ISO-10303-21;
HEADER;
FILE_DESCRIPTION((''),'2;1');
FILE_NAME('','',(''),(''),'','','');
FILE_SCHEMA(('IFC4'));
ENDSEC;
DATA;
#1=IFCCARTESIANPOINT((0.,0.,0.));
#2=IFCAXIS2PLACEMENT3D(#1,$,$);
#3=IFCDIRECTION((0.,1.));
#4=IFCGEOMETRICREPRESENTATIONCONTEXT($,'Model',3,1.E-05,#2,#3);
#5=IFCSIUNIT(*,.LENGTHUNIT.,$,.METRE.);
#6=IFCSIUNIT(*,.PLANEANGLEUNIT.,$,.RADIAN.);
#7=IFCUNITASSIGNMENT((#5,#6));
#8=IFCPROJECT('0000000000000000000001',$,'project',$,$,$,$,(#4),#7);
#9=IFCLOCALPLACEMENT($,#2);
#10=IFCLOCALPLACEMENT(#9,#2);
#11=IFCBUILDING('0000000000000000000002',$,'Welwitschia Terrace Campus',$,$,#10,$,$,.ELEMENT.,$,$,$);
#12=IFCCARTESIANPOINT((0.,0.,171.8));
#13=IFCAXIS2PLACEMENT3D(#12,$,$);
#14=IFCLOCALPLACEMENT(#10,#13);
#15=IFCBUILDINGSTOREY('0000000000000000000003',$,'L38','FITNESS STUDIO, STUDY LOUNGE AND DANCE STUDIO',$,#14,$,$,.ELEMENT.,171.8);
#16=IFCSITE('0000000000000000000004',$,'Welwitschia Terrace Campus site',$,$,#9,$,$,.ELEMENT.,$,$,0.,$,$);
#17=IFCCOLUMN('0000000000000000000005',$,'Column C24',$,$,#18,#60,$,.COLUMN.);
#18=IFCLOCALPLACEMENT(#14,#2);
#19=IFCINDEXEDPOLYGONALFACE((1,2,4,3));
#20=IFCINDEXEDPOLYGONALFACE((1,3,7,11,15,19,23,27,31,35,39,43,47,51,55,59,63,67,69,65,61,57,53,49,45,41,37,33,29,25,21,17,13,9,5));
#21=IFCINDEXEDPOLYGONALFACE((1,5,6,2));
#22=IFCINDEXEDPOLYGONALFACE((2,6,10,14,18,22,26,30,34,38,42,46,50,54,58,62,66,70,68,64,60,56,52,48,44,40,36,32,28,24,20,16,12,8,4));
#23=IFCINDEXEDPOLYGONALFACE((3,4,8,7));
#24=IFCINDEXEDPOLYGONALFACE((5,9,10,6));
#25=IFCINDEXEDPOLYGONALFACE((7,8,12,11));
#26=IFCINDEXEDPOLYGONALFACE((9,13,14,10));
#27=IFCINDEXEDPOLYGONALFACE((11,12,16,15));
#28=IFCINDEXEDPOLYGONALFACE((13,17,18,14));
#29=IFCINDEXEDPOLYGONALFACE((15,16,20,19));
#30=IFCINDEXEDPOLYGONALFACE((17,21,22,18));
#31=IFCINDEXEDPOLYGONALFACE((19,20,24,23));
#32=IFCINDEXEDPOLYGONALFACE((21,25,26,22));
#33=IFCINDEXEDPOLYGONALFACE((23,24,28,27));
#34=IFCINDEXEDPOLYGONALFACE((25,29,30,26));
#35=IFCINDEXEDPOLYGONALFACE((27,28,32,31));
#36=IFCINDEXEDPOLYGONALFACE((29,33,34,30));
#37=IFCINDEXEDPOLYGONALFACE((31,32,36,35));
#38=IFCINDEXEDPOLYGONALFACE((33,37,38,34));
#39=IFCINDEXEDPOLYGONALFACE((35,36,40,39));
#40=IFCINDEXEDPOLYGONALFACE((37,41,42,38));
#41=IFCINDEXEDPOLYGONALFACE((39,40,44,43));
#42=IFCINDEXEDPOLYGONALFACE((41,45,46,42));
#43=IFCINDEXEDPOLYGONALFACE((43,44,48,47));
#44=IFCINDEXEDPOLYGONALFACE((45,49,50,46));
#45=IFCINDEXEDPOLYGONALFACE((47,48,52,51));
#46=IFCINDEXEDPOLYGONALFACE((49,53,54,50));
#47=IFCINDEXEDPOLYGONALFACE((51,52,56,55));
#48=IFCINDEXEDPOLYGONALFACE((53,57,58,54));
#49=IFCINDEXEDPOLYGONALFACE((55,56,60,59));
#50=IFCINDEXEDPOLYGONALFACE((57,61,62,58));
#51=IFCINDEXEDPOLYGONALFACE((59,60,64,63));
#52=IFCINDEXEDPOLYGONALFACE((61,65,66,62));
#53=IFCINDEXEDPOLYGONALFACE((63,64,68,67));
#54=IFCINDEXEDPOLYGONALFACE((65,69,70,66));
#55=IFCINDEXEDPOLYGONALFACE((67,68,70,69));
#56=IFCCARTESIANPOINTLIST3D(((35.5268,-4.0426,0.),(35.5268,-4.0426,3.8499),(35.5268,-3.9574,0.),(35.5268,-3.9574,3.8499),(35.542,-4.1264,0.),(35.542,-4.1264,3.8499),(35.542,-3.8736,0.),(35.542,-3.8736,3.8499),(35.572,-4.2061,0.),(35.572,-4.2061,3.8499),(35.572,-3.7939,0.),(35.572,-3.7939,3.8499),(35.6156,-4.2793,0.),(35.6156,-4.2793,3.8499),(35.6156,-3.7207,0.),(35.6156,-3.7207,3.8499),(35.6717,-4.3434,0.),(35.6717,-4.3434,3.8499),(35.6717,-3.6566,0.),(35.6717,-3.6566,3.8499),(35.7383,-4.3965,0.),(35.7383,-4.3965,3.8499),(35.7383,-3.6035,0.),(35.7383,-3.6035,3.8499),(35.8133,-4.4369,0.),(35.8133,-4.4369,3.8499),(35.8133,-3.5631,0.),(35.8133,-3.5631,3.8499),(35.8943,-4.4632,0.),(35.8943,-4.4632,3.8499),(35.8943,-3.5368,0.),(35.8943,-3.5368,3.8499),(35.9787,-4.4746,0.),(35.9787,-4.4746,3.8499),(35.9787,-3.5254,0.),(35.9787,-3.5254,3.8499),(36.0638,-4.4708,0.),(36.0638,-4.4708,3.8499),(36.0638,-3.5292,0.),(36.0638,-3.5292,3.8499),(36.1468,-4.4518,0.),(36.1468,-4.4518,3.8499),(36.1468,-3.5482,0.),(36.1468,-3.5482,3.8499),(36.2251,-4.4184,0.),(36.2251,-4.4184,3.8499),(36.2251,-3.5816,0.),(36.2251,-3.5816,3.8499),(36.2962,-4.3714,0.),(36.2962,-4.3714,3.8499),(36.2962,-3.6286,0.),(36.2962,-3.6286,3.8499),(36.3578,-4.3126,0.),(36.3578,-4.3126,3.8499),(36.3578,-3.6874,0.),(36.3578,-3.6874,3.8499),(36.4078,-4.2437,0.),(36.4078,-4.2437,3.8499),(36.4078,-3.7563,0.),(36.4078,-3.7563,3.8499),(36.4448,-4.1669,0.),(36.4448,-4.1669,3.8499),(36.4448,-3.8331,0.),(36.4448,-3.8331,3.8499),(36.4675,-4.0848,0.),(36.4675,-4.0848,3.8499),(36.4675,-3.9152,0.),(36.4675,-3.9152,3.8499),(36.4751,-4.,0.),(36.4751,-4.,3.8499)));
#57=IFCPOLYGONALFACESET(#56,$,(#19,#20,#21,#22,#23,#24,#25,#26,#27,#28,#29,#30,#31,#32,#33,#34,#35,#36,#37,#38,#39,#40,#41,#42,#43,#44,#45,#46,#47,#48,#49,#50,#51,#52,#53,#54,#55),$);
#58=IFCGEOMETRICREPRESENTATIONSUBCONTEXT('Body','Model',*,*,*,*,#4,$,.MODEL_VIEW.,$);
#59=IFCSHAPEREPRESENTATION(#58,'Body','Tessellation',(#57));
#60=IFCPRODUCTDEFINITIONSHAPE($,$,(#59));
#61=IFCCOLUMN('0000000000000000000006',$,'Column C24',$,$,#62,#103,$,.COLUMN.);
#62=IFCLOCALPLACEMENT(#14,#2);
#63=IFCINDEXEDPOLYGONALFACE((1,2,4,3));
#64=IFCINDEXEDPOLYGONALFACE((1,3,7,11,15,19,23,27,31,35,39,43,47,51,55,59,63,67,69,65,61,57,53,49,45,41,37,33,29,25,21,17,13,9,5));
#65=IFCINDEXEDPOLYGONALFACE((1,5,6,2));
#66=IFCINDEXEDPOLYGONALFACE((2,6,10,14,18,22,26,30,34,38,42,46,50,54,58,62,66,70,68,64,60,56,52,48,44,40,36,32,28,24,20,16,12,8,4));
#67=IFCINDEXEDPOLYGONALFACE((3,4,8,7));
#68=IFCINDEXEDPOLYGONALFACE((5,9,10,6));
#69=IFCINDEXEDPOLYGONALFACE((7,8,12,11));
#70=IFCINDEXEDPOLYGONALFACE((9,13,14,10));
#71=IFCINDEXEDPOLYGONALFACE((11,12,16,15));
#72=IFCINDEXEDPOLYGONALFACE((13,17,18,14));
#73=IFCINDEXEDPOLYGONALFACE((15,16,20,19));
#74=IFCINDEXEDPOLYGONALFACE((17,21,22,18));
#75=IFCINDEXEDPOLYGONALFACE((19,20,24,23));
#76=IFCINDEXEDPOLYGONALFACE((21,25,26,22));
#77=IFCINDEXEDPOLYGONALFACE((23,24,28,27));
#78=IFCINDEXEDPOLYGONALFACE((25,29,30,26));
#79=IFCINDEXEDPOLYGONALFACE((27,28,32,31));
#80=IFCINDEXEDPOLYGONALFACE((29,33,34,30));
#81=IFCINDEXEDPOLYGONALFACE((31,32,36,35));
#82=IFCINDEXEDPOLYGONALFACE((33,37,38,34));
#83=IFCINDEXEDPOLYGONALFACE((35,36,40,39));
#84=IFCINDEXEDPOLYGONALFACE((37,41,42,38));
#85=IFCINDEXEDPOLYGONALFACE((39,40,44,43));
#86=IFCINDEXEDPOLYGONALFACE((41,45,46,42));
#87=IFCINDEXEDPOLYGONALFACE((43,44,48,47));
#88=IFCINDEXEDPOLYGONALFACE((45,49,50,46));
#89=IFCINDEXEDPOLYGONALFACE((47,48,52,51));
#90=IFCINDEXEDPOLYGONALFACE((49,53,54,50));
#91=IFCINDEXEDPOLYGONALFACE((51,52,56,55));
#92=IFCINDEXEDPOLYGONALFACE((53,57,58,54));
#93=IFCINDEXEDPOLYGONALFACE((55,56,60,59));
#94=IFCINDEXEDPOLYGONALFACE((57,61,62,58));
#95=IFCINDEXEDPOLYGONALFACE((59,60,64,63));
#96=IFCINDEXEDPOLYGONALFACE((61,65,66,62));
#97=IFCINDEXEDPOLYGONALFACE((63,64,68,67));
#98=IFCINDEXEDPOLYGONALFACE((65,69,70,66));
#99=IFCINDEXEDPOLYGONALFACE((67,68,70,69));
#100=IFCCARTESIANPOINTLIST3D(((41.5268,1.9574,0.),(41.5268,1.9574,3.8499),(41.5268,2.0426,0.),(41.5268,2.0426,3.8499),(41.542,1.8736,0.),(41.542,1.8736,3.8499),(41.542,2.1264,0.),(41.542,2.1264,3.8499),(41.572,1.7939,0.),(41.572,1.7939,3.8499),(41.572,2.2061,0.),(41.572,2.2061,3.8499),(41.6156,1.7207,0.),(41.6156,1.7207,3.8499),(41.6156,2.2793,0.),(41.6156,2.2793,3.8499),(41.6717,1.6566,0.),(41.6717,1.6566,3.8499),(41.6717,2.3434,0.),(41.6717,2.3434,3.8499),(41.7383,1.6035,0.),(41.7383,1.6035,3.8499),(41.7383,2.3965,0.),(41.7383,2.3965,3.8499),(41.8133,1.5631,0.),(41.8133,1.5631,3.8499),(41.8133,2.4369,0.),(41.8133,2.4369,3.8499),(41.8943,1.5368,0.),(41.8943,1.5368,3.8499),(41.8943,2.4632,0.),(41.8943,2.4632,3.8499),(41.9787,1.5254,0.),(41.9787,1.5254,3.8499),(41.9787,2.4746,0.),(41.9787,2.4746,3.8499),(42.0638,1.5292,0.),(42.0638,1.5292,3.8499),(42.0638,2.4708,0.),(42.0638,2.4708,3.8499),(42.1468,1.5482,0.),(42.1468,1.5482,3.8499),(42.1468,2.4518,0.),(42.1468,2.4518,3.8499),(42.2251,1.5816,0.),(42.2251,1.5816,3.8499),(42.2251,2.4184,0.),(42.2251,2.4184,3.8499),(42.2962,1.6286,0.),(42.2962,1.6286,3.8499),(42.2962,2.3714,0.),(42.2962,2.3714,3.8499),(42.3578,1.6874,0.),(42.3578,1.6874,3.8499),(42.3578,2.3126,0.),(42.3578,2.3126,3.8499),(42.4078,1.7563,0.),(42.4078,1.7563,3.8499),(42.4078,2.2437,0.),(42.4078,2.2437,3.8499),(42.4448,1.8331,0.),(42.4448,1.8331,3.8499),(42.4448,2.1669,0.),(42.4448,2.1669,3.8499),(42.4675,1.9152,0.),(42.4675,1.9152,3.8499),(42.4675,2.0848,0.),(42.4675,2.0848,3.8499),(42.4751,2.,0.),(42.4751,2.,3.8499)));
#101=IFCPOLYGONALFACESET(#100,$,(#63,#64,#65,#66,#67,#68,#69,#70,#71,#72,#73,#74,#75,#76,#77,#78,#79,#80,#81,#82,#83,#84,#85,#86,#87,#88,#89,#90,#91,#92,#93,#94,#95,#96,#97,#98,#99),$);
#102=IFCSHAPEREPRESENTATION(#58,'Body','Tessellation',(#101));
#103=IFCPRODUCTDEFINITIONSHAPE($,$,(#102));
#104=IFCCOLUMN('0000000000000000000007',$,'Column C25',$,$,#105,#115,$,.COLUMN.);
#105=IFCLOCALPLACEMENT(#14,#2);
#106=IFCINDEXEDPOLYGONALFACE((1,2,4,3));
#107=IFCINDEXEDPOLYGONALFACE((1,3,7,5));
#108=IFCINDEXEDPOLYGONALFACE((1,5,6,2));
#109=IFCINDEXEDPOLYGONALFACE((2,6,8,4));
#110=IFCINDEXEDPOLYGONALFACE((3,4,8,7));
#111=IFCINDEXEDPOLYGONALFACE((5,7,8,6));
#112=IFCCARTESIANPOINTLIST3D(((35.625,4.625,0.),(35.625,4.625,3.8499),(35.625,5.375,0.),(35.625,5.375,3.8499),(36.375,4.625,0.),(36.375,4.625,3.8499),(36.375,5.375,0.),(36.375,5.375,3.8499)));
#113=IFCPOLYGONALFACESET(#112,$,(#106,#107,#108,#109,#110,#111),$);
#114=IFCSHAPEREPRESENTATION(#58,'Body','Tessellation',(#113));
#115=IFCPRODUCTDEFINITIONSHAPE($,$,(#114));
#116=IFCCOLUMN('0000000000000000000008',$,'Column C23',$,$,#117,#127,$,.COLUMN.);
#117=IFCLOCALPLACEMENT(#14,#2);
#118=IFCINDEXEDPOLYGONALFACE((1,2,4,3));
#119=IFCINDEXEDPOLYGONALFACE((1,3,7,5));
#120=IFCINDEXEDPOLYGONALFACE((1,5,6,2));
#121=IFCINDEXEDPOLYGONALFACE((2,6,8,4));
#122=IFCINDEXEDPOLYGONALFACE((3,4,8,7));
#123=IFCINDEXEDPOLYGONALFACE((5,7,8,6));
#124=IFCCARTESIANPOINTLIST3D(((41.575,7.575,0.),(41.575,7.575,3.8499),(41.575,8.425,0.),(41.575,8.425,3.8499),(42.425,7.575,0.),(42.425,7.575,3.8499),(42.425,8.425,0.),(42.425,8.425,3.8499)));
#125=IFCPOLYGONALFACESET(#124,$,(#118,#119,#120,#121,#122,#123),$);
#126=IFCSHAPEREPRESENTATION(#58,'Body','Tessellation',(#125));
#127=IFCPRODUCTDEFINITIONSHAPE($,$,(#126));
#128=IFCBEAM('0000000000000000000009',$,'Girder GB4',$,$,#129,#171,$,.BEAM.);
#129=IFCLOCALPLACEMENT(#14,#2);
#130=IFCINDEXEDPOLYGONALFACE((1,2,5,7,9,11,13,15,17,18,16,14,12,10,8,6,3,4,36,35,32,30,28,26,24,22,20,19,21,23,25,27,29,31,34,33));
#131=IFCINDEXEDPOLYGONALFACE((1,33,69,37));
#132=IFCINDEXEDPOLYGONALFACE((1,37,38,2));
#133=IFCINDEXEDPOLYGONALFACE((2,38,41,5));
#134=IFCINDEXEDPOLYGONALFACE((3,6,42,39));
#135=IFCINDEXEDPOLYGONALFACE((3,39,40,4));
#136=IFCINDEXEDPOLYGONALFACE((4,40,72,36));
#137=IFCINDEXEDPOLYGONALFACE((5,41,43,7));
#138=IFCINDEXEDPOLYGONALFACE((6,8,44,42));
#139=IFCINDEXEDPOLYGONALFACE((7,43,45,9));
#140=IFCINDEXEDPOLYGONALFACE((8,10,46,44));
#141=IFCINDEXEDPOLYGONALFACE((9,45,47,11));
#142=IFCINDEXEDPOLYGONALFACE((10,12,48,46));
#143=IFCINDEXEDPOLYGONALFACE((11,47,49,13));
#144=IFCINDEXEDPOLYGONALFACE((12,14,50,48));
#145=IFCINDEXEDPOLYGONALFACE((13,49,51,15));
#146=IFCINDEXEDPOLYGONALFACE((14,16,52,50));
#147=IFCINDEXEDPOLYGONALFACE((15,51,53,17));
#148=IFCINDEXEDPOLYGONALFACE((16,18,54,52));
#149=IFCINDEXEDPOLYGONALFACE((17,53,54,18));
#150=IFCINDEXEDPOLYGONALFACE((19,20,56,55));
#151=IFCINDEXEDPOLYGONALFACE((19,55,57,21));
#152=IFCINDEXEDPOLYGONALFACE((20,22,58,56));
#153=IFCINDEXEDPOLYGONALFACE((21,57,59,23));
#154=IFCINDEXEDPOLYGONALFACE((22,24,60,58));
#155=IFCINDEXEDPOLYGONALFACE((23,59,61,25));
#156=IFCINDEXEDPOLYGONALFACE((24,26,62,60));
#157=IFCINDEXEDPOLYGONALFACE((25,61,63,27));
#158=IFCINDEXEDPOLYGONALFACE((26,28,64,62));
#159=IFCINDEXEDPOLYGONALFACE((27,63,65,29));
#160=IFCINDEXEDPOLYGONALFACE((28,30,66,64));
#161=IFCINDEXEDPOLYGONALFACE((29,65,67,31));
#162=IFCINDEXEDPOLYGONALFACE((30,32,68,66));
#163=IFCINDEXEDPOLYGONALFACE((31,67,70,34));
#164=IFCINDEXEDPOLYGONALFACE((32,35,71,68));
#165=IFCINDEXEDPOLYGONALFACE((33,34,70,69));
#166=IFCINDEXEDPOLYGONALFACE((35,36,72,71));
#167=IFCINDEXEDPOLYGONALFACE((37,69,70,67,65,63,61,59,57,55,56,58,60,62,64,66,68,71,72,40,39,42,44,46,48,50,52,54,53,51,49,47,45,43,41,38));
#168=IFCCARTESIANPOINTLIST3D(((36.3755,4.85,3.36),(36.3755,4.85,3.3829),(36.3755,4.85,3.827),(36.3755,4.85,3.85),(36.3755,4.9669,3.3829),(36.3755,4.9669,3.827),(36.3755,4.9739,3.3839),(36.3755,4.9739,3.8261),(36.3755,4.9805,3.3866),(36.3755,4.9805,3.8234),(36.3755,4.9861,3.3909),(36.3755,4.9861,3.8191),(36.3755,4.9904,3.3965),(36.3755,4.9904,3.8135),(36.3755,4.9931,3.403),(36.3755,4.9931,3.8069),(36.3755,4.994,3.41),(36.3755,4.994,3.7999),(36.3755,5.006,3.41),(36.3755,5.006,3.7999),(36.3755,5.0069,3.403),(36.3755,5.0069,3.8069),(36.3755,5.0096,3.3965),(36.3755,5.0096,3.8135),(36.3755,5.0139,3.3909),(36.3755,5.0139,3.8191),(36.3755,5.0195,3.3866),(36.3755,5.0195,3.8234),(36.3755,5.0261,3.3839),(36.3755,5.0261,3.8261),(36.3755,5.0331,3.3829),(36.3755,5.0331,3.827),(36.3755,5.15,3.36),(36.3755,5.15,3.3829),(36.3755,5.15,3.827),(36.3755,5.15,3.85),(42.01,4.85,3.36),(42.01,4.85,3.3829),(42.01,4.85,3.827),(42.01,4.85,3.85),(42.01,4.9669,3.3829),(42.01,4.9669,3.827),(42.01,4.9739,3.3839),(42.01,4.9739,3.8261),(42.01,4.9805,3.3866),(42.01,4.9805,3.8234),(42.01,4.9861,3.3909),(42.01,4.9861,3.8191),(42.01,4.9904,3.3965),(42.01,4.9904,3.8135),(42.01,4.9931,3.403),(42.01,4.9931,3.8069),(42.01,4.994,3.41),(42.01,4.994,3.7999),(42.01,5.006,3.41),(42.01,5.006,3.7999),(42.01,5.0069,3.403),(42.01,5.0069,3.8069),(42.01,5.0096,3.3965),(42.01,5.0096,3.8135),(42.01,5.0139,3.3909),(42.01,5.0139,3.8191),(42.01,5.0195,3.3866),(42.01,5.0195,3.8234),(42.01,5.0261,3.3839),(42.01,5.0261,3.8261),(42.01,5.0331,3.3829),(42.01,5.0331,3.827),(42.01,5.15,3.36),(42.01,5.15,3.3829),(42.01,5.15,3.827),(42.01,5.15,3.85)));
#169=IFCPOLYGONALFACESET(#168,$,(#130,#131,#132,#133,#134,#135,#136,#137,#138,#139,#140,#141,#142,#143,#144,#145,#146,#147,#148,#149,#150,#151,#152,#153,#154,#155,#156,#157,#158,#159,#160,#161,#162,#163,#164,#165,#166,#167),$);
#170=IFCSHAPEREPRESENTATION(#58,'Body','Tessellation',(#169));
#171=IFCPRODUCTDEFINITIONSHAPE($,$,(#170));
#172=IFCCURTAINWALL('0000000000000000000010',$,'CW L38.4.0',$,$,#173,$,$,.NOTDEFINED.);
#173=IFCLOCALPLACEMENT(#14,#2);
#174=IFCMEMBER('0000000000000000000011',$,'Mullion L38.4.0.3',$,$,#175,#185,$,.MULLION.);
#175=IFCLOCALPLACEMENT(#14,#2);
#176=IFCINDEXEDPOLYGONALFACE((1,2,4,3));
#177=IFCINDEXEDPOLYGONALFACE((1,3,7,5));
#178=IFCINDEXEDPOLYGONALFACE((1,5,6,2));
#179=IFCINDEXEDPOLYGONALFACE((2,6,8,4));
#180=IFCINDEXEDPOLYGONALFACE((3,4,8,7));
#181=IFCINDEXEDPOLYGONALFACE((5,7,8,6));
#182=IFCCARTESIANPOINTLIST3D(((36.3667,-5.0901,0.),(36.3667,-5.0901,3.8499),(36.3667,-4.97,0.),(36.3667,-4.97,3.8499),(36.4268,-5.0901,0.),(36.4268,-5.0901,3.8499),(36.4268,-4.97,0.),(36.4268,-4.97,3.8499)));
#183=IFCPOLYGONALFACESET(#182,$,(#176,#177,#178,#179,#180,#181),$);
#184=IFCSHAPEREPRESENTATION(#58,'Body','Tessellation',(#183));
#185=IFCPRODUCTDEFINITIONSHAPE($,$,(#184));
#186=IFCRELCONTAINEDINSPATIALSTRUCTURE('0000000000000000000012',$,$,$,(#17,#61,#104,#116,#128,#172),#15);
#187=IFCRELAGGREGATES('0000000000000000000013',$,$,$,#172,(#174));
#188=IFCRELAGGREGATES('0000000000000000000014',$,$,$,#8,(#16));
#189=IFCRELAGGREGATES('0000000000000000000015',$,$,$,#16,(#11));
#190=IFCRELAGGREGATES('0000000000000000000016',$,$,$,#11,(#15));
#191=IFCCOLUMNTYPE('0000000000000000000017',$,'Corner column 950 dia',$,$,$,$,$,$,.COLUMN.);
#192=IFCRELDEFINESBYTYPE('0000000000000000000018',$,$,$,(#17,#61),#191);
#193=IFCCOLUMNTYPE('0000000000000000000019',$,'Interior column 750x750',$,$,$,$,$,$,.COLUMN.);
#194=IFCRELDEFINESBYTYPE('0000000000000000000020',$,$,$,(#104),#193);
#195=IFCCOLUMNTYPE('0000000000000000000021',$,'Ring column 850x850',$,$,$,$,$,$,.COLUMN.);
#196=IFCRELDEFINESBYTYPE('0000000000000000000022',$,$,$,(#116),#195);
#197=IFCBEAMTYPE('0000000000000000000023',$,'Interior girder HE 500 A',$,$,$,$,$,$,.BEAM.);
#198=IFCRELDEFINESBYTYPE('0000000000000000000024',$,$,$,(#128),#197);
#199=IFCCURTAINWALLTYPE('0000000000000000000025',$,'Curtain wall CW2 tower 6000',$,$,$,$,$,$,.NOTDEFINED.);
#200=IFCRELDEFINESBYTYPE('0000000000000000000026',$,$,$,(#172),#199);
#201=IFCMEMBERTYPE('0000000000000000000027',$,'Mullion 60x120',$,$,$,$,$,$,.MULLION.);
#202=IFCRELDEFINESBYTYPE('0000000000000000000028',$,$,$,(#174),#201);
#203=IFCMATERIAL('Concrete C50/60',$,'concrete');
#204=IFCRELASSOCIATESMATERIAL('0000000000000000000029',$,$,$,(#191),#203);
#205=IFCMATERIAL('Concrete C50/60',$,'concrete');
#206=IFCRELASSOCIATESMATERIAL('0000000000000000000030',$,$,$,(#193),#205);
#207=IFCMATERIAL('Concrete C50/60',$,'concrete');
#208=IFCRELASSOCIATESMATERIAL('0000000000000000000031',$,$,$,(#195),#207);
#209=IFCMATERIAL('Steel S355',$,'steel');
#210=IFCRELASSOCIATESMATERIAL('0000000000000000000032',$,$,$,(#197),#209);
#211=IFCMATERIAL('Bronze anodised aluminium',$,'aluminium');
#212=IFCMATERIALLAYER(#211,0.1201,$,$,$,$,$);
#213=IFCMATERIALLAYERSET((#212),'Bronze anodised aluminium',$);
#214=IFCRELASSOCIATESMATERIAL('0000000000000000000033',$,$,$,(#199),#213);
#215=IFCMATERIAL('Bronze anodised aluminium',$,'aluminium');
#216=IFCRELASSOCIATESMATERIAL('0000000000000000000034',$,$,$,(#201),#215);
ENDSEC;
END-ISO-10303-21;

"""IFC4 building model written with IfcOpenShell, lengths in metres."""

from ifc_helpers import new_model, si_unit, direction, frame, origin, origin_2d, place, context, subcontext, project, spatial, rectangle, circle, i_section, extrude, material, layer, layer_set, material_profile, profile_set, type_object, element, aggregate, save


model = new_model("IFC4")

# Units and contexts
model_context = context("Model", 3, precision=1e-05, world=origin(), true_north=direction((0.0, 1.0)))
body_context = subcontext(model_context, "Body", "Model", "MODEL_VIEW")
ifc_project = project(units=[si_unit("LENGTHUNIT", "METRE"), si_unit("PLANEANGLEUNIT", "RADIAN")], contexts=[model_context])

# Site, building, storey
site_placement = place(None, origin())
site = spatial("IfcSite", under=ifc_project, at=site_placement, Name="Welwitschia Terrace Campus site", CompositionType="ELEMENT", RefElevation=0.0)
building_placement = place(site_placement, origin())
building = spatial("IfcBuilding", under=site, at=building_placement, Name="Welwitschia Terrace Campus", CompositionType="ELEMENT")
storey_placement = place(building_placement, frame((0.0, 0.0, 171.8)))
storey = spatial("IfcBuildingStorey", under=building, at=storey_placement, Name="L38", Description="FITNESS STUDIO, STUDY LOUNGE AND DANCE STUDIO", CompositionType="ELEMENT", Elevation=171.8)

# Columns
ifc_material_1 = material(Name="Concrete C50/60", Category="concrete")
ifc_material_profile_1 = material_profile(ifc_material_1, circle(Radius=0.4751, at=origin_2d()))
ifc_profile_set_1 = profile_set([ifc_material_profile_1], Name="Concrete C50/60")
column_type_1 = type_object("IfcColumnType", Name="Corner column 950 dia", PredefinedType="COLUMN", material=ifc_profile_set_1)
for number, where, z_axis, x_axis, name in (
    (1, (36.0, -4.0, 0.0), (0.0, 0.0, 1.0), (1.0, 0.0, 0.0), "Column C24"),
    (2, (42.0, 2.0, 0.0), (0.0, 0.0, 1.0), (1.0, 0.0, 0.0), "Column C24"),
):
    element("IfcColumn", number, at=place(storey_placement, frame(where, z_axis=z_axis, x_axis=x_axis)), inside=storey, type_object=column_type_1, Name=name, PredefinedType="COLUMN", context=body_context, shape_type="SweptSolid", body=[
        extrude(circle(Radius=0.4751, at=origin_2d()), origin(), (0.0, 0.0, 1.0), 3.8499),
    ])
ifc_material_2 = material(Name="Concrete C50/60", Category="concrete")
ifc_material_profile_2 = material_profile(ifc_material_2, rectangle(XDim=0.75, YDim=0.75, at=origin_2d()))
ifc_profile_set_2 = profile_set([ifc_material_profile_2], Name="Concrete C50/60")
column_type_2 = type_object("IfcColumnType", Name="Interior column 750x750", PredefinedType="COLUMN", material=ifc_profile_set_2)
column_1_placement = place(storey_placement, frame((36.0, 5.0, 0.0), z_axis=(0.0, 0.0, 1.0), x_axis=(1.0, 0.0, 0.0)))
element("IfcColumn", 3, at=column_1_placement, inside=storey, type_object=column_type_2, Name="Column C25", PredefinedType="COLUMN", context=body_context, shape_type="SweptSolid", body=[
    extrude(rectangle(XDim=0.75, YDim=0.75, at=origin_2d()), origin(), (0.0, 0.0, 1.0), 3.8499),
])
ifc_material_3 = material(Name="Concrete C50/60", Category="concrete")
ifc_material_profile_3 = material_profile(ifc_material_3, rectangle(XDim=0.8501, YDim=0.8501, at=origin_2d()))
ifc_profile_set_3 = profile_set([ifc_material_profile_3], Name="Concrete C50/60")
column_type_3 = type_object("IfcColumnType", Name="Ring column 850x850", PredefinedType="COLUMN", material=ifc_profile_set_3)
column_2_placement = place(storey_placement, frame((42.0, 8.0, 0.0), z_axis=(0.0, 0.0, 1.0), x_axis=(1.0, 0.0, 0.0)))
element("IfcColumn", 4, at=column_2_placement, inside=storey, type_object=column_type_3, Name="Column C23", PredefinedType="COLUMN", context=body_context, shape_type="SweptSolid", body=[
    extrude(rectangle(XDim=0.8501, YDim=0.8501, at=origin_2d()), origin(), (0.0, 0.0, 1.0), 3.8499),
])

# Beam
ifc_material_4 = material(Name="Steel S355", Category="steel")
ifc_material_profile_4 = material_profile(ifc_material_4, i_section(OverallWidth=0.3, OverallDepth=0.49, WebThickness=0.012, FlangeThickness=0.0229, FilletRadius=0.0271, at=origin_2d()))
ifc_profile_set_4 = profile_set([ifc_material_profile_4], Name="Steel S355")
beam_type_1 = type_object("IfcBeamType", Name="Interior girder HE 500 A", PredefinedType="BEAM", material=ifc_profile_set_4)
beam_1_placement = place(storey_placement, frame((36.3755, 5.0, 3.605), z_axis=(1.0, 0.0, 0.0), x_axis=(0.0, 1.0, 0.0)))
element("IfcBeam", 5, at=beam_1_placement, inside=storey, type_object=beam_type_1, Name="Girder GB4", PredefinedType="BEAM", context=body_context, shape_type="SweptSolid", body=[
    extrude(i_section(OverallWidth=0.3, OverallDepth=0.49, WebThickness=0.012, FlangeThickness=0.0229, FilletRadius=0.0271, at=origin_2d()), origin(), (0.0, 0.0, 1.0), 5.6345),
])

# Curtain wall, member
ifc_material_5 = material(Name="Bronze anodised aluminium", Category="aluminium")
ifc_layer_1 = layer(ifc_material_5, 0.1201)
ifc_layer_set_1 = layer_set([ifc_layer_1], Name="Bronze anodised aluminium")
curtain_wall_type = type_object("IfcCurtainWallType", Name="Curtain wall CW2 tower 6000", PredefinedType="NOTDEFINED", material=ifc_layer_set_1)
curtain_wall_1_placement = place(storey_placement, origin())
curtain_wall_1 = element("IfcCurtainWall", 6, at=curtain_wall_1_placement, inside=storey, type_object=curtain_wall_type, Name="CW L38.4.0", PredefinedType="NOTDEFINED")
ifc_material_6 = material(Name="Bronze anodised aluminium", Category="aluminium")
ifc_material_profile_5 = material_profile(ifc_material_6, rectangle(XDim=0.1201, YDim=0.0601, at=origin_2d()))
ifc_profile_set_5 = profile_set([ifc_material_profile_5], Name="Bronze anodised aluminium")
member_type_1 = type_object("IfcMemberType", Name="Mullion 60x120", PredefinedType="MULLION", material=ifc_profile_set_5)
member_1_placement = place(storey_placement, frame((36.3967, -5.03, 0.0), z_axis=(0.0, 0.0, 1.0), x_axis=(0.0, 1.0, 0.0)))
member_1 = element("IfcMember", 7, at=member_1_placement, type_object=member_type_1, Name="Mullion L38.4.0.3", PredefinedType="MULLION", context=body_context, shape_type="SweptSolid", body=[
    extrude(rectangle(XDim=0.1201, YDim=0.0601, at=origin_2d()), origin(), (0.0, 0.0, 1.0), 3.8499),
])
aggregate(curtain_wall_1, [member_1])

save(model, "model.ifc")
